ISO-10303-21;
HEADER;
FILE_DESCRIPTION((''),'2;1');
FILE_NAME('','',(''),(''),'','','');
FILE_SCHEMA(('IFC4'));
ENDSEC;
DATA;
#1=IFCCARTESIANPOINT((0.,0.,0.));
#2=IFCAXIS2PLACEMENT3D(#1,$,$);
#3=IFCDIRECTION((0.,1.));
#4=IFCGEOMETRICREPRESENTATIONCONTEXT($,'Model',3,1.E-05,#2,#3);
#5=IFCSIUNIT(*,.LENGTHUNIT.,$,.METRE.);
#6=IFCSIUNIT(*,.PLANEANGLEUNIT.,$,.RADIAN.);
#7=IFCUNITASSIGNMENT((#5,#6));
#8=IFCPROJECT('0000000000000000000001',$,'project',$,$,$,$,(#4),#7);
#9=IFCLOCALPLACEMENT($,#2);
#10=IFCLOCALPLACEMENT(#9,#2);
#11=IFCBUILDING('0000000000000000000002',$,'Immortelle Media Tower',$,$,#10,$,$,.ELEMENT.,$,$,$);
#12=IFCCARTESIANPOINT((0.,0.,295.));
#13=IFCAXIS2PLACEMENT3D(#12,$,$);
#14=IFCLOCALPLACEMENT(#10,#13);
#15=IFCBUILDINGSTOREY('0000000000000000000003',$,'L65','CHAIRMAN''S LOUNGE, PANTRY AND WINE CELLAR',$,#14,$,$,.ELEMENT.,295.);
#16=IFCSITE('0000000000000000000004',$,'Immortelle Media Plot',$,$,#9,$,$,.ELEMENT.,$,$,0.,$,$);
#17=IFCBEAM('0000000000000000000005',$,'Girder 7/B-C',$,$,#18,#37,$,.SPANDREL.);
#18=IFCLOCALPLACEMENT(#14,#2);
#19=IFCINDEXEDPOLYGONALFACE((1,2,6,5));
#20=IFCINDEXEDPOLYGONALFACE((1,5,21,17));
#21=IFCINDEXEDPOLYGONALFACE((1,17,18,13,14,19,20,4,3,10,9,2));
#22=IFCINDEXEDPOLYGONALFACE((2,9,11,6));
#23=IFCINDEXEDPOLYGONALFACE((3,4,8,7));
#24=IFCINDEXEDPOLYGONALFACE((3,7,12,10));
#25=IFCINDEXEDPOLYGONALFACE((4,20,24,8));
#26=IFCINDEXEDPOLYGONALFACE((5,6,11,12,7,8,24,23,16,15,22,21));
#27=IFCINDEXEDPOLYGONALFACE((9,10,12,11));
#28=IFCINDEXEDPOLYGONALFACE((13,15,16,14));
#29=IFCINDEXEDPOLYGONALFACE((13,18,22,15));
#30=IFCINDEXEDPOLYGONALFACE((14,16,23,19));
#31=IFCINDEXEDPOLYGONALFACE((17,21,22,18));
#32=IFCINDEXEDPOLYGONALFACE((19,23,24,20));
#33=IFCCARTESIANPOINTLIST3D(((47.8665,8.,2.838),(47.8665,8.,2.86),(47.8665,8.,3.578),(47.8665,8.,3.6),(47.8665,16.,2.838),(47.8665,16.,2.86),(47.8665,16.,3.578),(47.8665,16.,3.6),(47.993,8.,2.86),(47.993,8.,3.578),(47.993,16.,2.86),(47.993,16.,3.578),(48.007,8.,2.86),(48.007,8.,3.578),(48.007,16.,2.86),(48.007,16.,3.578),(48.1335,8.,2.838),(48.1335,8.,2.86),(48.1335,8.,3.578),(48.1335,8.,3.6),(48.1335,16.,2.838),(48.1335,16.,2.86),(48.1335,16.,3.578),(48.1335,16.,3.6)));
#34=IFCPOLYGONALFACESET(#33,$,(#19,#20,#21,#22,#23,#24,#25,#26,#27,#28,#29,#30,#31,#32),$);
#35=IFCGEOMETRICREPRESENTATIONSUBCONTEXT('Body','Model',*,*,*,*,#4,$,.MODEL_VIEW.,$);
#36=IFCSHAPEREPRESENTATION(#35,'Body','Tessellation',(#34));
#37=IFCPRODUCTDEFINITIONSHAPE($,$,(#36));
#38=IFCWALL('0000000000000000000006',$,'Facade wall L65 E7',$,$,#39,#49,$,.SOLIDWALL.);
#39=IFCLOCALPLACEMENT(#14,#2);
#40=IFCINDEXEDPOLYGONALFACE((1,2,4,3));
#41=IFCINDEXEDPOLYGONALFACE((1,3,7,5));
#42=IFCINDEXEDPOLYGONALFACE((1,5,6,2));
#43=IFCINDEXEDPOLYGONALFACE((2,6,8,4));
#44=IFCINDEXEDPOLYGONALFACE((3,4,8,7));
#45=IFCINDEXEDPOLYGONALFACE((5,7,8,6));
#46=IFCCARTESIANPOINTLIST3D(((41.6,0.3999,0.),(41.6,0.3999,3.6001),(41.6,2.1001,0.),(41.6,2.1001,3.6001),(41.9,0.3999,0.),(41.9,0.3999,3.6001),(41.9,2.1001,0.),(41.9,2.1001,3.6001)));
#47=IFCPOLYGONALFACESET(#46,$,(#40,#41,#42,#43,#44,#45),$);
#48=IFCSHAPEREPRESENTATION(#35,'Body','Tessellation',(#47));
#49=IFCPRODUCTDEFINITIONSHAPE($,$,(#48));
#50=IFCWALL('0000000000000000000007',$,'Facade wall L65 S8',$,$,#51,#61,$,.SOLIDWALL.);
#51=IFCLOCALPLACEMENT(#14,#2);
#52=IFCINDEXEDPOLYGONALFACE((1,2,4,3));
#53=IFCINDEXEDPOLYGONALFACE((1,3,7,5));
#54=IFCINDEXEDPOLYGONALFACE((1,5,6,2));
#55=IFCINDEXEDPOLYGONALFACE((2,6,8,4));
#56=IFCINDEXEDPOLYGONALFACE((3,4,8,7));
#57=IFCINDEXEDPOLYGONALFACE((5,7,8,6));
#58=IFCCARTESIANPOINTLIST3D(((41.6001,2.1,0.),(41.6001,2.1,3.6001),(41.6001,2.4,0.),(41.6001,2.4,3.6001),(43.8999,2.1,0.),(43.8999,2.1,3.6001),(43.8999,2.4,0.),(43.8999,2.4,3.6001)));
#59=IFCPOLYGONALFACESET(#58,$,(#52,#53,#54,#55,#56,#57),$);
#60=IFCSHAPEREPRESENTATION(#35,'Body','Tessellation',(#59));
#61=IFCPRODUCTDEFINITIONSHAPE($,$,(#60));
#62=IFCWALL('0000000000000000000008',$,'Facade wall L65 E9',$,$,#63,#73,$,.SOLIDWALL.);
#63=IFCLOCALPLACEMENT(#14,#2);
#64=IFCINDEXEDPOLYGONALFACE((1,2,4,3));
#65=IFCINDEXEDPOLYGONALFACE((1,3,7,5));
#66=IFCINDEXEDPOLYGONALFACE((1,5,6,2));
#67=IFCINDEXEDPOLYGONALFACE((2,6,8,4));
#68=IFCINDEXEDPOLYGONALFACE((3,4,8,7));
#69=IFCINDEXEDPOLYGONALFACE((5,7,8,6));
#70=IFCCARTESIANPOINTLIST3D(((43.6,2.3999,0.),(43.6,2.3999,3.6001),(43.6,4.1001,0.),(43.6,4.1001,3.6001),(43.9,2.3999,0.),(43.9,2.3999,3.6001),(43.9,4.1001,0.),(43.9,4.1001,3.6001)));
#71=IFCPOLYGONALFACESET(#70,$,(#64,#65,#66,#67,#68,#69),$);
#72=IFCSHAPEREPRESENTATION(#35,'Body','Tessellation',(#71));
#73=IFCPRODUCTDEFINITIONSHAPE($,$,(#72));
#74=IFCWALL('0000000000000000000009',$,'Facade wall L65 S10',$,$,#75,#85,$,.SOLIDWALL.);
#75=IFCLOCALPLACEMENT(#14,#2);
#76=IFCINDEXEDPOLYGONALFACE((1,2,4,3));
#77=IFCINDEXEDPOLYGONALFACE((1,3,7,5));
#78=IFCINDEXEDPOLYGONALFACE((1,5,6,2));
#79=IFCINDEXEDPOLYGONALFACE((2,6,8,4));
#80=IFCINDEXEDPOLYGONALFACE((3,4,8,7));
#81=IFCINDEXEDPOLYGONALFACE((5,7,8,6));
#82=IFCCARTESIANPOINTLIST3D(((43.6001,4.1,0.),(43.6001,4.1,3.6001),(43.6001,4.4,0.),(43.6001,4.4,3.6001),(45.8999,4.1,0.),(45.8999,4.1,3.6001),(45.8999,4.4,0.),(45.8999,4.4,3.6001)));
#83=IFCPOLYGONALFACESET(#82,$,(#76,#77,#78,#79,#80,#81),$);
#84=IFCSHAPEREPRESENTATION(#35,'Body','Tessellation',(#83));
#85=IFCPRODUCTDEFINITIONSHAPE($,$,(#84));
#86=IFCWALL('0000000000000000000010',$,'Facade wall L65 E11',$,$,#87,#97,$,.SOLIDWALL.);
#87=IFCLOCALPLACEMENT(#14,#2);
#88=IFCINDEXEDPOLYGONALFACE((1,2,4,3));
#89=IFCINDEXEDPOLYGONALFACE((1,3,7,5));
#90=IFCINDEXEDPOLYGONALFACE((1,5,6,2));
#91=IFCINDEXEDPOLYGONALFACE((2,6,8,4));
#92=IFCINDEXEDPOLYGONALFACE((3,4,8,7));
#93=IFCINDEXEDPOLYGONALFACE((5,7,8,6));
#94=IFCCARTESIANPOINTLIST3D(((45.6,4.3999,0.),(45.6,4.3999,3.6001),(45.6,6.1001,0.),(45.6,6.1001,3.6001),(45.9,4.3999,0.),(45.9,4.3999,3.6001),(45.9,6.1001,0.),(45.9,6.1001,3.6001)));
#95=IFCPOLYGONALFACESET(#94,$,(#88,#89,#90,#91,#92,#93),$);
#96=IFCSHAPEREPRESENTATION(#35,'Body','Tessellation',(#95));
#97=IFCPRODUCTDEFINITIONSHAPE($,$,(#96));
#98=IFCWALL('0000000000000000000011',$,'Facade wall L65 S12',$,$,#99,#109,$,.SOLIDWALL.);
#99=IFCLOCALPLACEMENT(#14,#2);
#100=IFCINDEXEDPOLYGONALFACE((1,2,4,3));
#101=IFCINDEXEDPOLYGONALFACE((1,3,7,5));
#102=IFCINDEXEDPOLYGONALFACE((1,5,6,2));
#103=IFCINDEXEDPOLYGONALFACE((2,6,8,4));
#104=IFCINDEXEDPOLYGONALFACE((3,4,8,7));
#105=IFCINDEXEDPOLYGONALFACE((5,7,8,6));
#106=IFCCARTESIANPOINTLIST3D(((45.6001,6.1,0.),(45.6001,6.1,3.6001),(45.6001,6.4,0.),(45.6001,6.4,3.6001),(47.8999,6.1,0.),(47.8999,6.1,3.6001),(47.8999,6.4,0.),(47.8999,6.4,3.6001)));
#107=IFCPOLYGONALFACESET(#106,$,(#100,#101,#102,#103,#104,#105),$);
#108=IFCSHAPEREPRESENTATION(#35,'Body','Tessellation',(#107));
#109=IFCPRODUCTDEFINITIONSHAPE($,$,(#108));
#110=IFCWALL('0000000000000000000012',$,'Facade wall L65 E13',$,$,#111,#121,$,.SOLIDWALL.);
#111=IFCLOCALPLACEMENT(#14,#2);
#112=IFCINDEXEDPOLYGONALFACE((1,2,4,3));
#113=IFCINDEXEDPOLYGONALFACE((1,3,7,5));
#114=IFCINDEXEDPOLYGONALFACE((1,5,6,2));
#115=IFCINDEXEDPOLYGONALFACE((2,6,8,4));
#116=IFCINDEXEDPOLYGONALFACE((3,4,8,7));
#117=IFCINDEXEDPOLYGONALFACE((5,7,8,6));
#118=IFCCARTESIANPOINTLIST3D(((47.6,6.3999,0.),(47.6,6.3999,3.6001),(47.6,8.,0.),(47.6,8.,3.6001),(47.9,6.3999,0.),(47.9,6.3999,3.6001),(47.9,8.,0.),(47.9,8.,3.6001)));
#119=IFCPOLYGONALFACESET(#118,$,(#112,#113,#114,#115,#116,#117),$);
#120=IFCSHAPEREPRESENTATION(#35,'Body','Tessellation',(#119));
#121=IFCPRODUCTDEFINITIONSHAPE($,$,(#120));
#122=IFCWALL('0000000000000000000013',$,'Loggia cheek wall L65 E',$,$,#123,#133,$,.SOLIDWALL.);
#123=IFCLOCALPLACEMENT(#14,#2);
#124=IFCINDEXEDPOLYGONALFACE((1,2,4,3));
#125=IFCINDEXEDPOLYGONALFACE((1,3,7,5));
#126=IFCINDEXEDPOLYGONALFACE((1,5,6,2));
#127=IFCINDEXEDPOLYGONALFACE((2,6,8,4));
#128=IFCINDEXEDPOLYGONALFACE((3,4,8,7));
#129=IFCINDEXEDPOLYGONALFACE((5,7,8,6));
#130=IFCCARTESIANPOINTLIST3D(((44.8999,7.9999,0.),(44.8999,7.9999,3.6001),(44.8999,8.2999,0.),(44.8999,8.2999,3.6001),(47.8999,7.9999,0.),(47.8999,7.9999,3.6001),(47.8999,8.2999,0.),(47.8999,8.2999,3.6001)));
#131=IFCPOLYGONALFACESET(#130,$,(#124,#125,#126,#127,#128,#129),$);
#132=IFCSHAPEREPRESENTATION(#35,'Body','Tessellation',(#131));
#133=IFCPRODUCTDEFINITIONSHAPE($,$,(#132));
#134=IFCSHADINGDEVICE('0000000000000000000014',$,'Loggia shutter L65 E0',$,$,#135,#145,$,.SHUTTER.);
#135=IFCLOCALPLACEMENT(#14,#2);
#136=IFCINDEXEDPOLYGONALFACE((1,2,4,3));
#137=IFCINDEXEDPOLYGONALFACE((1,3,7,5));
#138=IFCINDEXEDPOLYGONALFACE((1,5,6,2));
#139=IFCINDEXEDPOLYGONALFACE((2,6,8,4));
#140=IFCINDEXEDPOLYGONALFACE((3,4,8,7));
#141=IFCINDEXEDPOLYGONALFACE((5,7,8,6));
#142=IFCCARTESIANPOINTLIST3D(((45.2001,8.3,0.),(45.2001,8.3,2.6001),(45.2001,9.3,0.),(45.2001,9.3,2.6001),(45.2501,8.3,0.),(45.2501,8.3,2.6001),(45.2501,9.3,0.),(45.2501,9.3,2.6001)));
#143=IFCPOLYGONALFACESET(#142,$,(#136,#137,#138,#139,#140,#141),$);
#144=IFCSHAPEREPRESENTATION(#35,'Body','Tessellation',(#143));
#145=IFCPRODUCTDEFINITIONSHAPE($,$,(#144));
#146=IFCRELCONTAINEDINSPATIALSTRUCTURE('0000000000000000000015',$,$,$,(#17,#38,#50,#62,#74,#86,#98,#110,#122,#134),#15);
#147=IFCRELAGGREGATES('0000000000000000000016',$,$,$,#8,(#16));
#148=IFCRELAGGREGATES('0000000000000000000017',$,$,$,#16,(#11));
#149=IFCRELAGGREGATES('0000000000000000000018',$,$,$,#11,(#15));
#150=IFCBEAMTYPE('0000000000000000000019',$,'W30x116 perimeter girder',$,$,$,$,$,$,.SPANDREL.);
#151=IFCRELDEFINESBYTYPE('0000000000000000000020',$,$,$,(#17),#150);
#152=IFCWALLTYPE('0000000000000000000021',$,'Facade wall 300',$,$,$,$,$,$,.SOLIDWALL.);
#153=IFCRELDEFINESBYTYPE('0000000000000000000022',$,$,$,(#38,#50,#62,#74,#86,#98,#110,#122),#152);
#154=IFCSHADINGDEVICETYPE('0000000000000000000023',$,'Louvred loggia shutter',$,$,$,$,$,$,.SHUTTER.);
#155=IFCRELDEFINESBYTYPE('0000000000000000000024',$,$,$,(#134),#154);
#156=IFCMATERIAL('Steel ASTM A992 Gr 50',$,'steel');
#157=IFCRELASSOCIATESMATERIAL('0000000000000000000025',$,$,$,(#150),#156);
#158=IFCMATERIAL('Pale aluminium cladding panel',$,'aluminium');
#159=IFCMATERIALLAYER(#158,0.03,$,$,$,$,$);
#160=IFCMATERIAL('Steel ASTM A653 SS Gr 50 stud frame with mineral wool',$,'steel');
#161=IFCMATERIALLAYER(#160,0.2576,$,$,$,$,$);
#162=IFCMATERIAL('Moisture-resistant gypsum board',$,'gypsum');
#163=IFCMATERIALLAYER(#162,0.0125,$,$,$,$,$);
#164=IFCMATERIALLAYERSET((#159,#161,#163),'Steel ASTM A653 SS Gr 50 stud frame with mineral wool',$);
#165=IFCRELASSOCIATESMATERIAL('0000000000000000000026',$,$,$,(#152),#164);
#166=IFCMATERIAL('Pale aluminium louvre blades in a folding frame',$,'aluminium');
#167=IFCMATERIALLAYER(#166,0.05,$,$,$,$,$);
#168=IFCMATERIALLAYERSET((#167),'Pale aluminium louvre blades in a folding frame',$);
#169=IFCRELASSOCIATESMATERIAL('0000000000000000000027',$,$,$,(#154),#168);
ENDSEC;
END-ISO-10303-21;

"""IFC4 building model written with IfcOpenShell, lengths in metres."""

from ifc_helpers import new_model, si_unit, direction, frame, frame_2d, origin, origin_2d, place, context, subcontext, project, spatial, rectangle, i_section, extrude, material, layer, layer_set, material_profile, profile_set, type_object, element, save


model = new_model("IFC4")

# Units and contexts
model_context = context("Model", 3, precision=1e-05, world=origin(), true_north=direction((0.0, 1.0)))
body_context = subcontext(model_context, "Body", "Model", "MODEL_VIEW")
ifc_project = project(units=[si_unit("LENGTHUNIT", "METRE"), si_unit("PLANEANGLEUNIT", "RADIAN")], contexts=[model_context])

# Site, building, storey
site_placement = place(None, origin())
site = spatial("IfcSite", under=ifc_project, at=site_placement, Name="Immortelle Media Plot", CompositionType="ELEMENT", RefElevation=0.0)
building_placement = place(site_placement, origin())
building = spatial("IfcBuilding", under=site, at=building_placement, Name="Immortelle Media Tower", CompositionType="ELEMENT")
storey_placement = place(building_placement, frame((0.0, 0.0, 295.0)))
storey = spatial("IfcBuildingStorey", under=building, at=storey_placement, Name="L65", Description="CHAIRMAN'S LOUNGE, PANTRY AND WINE CELLAR", CompositionType="ELEMENT", Elevation=295.0)

# Shared definitions
ifc_material_1 = material(Name="Steel ASTM A992 Gr 50", Category="steel")

# Beam
ifc_material_profile_1 = material_profile(ifc_material_1, i_section(OverallWidth=0.2671, OverallDepth=0.762, WebThickness=0.0139, FlangeThickness=0.022, at=origin_2d()), Name="W30x116")
ifc_profile_set_1 = profile_set([ifc_material_profile_1], Name="Steel ASTM A992 Gr 50")
beam_type_1 = type_object("IfcBeamType", Name="W30x116 perimeter girder", PredefinedType="SPANDREL", material=ifc_profile_set_1)
beam_1_placement = place(storey_placement, frame((48.0, 8.0, 3.219), z_axis=(0.0, 1.0, 0.0), x_axis=(-1.0, 0.0, 0.0)))
element("IfcBeam", 1, at=beam_1_placement, inside=storey, type_object=beam_type_1, Name="Girder 7/B-C", PredefinedType="SPANDREL", context=body_context, shape_type="SweptSolid", body=[
    extrude(i_section(OverallWidth=0.2671, OverallDepth=0.762, WebThickness=0.0139, FlangeThickness=0.022, at=origin_2d()), origin(), (0.0, 0.0, 1.0), 8.0),
])

# Walls
ifc_material_2 = material(Name="Pale aluminium cladding panel", Category="aluminium")
ifc_layer_1 = layer(ifc_material_2, 0.03)
ifc_material_3 = material(Name="Steel ASTM A653 SS Gr 50 stud frame with mineral wool", Category="steel")
ifc_layer_2 = layer(ifc_material_3, 0.2576)
ifc_material_4 = material(Name="Moisture-resistant gypsum board", Category="gypsum")
ifc_layer_3 = layer(ifc_material_4, 0.0125)
ifc_layer_set_1 = layer_set([ifc_layer_1, ifc_layer_2, ifc_layer_3], Name="Steel ASTM A653 SS Gr 50 stud frame with mineral wool")
wall_type = type_object("IfcWallType", Name="Facade wall 300", PredefinedType="SOLIDWALL", material=ifc_layer_set_1)
wall_1_placement = place(storey_placement, frame((41.75, 0.3999, 0.0), z_axis=(0.0, 0.0, 1.0), x_axis=(0.0, 1.0, 0.0)))
element("IfcWall", 2, at=wall_1_placement, inside=storey, type_object=wall_type, Name="Facade wall L65 E7", PredefinedType="SOLIDWALL", context=body_context, shape_type="SweptSolid", body=[
    extrude(rectangle(XDim=1.7002, YDim=0.3, at=frame_2d((0.8501, 0.0))), origin(), (0.0, 0.0, 1.0), 3.6001),
])
wall_2_placement = place(storey_placement, frame((41.6001, 2.25, 0.0), z_axis=(0.0, 0.0, 1.0), x_axis=(1.0, 0.0, 0.0)))
element("IfcWall", 3, at=wall_2_placement, inside=storey, type_object=wall_type, Name="Facade wall L65 S8", PredefinedType="SOLIDWALL", context=body_context, shape_type="SweptSolid", body=[
    extrude(rectangle(XDim=2.2998, YDim=0.3, at=frame_2d((1.1499, 0.0))), origin(), (0.0, 0.0, 1.0), 3.6001),
])
wall_3_placement = place(storey_placement, frame((43.75, 2.3999, 0.0), z_axis=(0.0, 0.0, 1.0), x_axis=(0.0, 1.0, 0.0)))
element("IfcWall", 4, at=wall_3_placement, inside=storey, type_object=wall_type, Name="Facade wall L65 E9", PredefinedType="SOLIDWALL", context=body_context, shape_type="SweptSolid", body=[
    extrude(rectangle(XDim=1.7002, YDim=0.3, at=frame_2d((0.8501, 0.0))), origin(), (0.0, 0.0, 1.0), 3.6001),
])
wall_4_placement = place(storey_placement, frame((43.6001, 4.25, 0.0), z_axis=(0.0, 0.0, 1.0), x_axis=(1.0, 0.0, 0.0)))
element("IfcWall", 5, at=wall_4_placement, inside=storey, type_object=wall_type, Name="Facade wall L65 S10", PredefinedType="SOLIDWALL", context=body_context, shape_type="SweptSolid", body=[
    extrude(rectangle(XDim=2.2998, YDim=0.3, at=frame_2d((1.1499, 0.0))), origin(), (0.0, 0.0, 1.0), 3.6001),
])
wall_5_placement = place(storey_placement, frame((45.75, 4.3999, 0.0), z_axis=(0.0, 0.0, 1.0), x_axis=(0.0, 1.0, 0.0)))
element("IfcWall", 6, at=wall_5_placement, inside=storey, type_object=wall_type, Name="Facade wall L65 E11", PredefinedType="SOLIDWALL", context=body_context, shape_type="SweptSolid", body=[
    extrude(rectangle(XDim=1.7002, YDim=0.3, at=frame_2d((0.8501, 0.0))), origin(), (0.0, 0.0, 1.0), 3.6001),
])
wall_6_placement = place(storey_placement, frame((45.6001, 6.25, 0.0), z_axis=(0.0, 0.0, 1.0), x_axis=(1.0, 0.0, 0.0)))
element("IfcWall", 7, at=wall_6_placement, inside=storey, type_object=wall_type, Name="Facade wall L65 S12", PredefinedType="SOLIDWALL", context=body_context, shape_type="SweptSolid", body=[
    extrude(rectangle(XDim=2.2998, YDim=0.3, at=frame_2d((1.1499, 0.0))), origin(), (0.0, 0.0, 1.0), 3.6001),
])
wall_7_placement = place(storey_placement, frame((47.75, 6.3999, 0.0), z_axis=(0.0, 0.0, 1.0), x_axis=(0.0, 1.0, 0.0)))
element("IfcWall", 8, at=wall_7_placement, inside=storey, type_object=wall_type, Name="Facade wall L65 E13", PredefinedType="SOLIDWALL", context=body_context, shape_type="SweptSolid", body=[
    extrude(rectangle(XDim=1.6001, YDim=0.3, at=frame_2d((0.8, 0.0))), origin(), (0.0, 0.0, 1.0), 3.6001),
])

# Wall
wall_8_placement = place(storey_placement, frame((47.8999, 8.1499, 0.0), z_axis=(0.0, 0.0, 1.0), x_axis=(-1.0, 0.0, 0.0)))
element("IfcWall", 9, at=wall_8_placement, inside=storey, type_object=wall_type, Name="Loggia cheek wall L65 E", PredefinedType="SOLIDWALL", context=body_context, shape_type="SweptSolid", body=[
    extrude(rectangle(XDim=3.0, YDim=0.3, at=frame_2d((1.5, 0.0))), origin(), (0.0, 0.0, 1.0), 3.6001),
])

# Shading device
ifc_material_5 = material(Name="Pale aluminium louvre blades in a folding frame", Category="aluminium")
ifc_layer_4 = layer(ifc_material_5, 0.05)
ifc_layer_set_2 = layer_set([ifc_layer_4], Name="Pale aluminium louvre blades in a folding frame")
shading_device_type = type_object("IfcShadingDeviceType", Name="Louvred loggia shutter", PredefinedType="SHUTTER", material=ifc_layer_set_2)
shading_device_placement = place(storey_placement, frame((45.2251, 8.8, 0.0), z_axis=(0.0, 0.0, 1.0), x_axis=(0.0, 1.0, 0.0)))
element("IfcShadingDevice", 10, at=shading_device_placement, inside=storey, type_object=shading_device_type, Name="Loggia shutter L65 E0", PredefinedType="SHUTTER", context=body_context, shape_type="SweptSolid", body=[
    extrude(rectangle(XDim=1.0, YDim=0.05, at=origin_2d()), origin(), (0.0, 0.0, 1.0), 2.6001),
])

save(model, "model.ifc")
